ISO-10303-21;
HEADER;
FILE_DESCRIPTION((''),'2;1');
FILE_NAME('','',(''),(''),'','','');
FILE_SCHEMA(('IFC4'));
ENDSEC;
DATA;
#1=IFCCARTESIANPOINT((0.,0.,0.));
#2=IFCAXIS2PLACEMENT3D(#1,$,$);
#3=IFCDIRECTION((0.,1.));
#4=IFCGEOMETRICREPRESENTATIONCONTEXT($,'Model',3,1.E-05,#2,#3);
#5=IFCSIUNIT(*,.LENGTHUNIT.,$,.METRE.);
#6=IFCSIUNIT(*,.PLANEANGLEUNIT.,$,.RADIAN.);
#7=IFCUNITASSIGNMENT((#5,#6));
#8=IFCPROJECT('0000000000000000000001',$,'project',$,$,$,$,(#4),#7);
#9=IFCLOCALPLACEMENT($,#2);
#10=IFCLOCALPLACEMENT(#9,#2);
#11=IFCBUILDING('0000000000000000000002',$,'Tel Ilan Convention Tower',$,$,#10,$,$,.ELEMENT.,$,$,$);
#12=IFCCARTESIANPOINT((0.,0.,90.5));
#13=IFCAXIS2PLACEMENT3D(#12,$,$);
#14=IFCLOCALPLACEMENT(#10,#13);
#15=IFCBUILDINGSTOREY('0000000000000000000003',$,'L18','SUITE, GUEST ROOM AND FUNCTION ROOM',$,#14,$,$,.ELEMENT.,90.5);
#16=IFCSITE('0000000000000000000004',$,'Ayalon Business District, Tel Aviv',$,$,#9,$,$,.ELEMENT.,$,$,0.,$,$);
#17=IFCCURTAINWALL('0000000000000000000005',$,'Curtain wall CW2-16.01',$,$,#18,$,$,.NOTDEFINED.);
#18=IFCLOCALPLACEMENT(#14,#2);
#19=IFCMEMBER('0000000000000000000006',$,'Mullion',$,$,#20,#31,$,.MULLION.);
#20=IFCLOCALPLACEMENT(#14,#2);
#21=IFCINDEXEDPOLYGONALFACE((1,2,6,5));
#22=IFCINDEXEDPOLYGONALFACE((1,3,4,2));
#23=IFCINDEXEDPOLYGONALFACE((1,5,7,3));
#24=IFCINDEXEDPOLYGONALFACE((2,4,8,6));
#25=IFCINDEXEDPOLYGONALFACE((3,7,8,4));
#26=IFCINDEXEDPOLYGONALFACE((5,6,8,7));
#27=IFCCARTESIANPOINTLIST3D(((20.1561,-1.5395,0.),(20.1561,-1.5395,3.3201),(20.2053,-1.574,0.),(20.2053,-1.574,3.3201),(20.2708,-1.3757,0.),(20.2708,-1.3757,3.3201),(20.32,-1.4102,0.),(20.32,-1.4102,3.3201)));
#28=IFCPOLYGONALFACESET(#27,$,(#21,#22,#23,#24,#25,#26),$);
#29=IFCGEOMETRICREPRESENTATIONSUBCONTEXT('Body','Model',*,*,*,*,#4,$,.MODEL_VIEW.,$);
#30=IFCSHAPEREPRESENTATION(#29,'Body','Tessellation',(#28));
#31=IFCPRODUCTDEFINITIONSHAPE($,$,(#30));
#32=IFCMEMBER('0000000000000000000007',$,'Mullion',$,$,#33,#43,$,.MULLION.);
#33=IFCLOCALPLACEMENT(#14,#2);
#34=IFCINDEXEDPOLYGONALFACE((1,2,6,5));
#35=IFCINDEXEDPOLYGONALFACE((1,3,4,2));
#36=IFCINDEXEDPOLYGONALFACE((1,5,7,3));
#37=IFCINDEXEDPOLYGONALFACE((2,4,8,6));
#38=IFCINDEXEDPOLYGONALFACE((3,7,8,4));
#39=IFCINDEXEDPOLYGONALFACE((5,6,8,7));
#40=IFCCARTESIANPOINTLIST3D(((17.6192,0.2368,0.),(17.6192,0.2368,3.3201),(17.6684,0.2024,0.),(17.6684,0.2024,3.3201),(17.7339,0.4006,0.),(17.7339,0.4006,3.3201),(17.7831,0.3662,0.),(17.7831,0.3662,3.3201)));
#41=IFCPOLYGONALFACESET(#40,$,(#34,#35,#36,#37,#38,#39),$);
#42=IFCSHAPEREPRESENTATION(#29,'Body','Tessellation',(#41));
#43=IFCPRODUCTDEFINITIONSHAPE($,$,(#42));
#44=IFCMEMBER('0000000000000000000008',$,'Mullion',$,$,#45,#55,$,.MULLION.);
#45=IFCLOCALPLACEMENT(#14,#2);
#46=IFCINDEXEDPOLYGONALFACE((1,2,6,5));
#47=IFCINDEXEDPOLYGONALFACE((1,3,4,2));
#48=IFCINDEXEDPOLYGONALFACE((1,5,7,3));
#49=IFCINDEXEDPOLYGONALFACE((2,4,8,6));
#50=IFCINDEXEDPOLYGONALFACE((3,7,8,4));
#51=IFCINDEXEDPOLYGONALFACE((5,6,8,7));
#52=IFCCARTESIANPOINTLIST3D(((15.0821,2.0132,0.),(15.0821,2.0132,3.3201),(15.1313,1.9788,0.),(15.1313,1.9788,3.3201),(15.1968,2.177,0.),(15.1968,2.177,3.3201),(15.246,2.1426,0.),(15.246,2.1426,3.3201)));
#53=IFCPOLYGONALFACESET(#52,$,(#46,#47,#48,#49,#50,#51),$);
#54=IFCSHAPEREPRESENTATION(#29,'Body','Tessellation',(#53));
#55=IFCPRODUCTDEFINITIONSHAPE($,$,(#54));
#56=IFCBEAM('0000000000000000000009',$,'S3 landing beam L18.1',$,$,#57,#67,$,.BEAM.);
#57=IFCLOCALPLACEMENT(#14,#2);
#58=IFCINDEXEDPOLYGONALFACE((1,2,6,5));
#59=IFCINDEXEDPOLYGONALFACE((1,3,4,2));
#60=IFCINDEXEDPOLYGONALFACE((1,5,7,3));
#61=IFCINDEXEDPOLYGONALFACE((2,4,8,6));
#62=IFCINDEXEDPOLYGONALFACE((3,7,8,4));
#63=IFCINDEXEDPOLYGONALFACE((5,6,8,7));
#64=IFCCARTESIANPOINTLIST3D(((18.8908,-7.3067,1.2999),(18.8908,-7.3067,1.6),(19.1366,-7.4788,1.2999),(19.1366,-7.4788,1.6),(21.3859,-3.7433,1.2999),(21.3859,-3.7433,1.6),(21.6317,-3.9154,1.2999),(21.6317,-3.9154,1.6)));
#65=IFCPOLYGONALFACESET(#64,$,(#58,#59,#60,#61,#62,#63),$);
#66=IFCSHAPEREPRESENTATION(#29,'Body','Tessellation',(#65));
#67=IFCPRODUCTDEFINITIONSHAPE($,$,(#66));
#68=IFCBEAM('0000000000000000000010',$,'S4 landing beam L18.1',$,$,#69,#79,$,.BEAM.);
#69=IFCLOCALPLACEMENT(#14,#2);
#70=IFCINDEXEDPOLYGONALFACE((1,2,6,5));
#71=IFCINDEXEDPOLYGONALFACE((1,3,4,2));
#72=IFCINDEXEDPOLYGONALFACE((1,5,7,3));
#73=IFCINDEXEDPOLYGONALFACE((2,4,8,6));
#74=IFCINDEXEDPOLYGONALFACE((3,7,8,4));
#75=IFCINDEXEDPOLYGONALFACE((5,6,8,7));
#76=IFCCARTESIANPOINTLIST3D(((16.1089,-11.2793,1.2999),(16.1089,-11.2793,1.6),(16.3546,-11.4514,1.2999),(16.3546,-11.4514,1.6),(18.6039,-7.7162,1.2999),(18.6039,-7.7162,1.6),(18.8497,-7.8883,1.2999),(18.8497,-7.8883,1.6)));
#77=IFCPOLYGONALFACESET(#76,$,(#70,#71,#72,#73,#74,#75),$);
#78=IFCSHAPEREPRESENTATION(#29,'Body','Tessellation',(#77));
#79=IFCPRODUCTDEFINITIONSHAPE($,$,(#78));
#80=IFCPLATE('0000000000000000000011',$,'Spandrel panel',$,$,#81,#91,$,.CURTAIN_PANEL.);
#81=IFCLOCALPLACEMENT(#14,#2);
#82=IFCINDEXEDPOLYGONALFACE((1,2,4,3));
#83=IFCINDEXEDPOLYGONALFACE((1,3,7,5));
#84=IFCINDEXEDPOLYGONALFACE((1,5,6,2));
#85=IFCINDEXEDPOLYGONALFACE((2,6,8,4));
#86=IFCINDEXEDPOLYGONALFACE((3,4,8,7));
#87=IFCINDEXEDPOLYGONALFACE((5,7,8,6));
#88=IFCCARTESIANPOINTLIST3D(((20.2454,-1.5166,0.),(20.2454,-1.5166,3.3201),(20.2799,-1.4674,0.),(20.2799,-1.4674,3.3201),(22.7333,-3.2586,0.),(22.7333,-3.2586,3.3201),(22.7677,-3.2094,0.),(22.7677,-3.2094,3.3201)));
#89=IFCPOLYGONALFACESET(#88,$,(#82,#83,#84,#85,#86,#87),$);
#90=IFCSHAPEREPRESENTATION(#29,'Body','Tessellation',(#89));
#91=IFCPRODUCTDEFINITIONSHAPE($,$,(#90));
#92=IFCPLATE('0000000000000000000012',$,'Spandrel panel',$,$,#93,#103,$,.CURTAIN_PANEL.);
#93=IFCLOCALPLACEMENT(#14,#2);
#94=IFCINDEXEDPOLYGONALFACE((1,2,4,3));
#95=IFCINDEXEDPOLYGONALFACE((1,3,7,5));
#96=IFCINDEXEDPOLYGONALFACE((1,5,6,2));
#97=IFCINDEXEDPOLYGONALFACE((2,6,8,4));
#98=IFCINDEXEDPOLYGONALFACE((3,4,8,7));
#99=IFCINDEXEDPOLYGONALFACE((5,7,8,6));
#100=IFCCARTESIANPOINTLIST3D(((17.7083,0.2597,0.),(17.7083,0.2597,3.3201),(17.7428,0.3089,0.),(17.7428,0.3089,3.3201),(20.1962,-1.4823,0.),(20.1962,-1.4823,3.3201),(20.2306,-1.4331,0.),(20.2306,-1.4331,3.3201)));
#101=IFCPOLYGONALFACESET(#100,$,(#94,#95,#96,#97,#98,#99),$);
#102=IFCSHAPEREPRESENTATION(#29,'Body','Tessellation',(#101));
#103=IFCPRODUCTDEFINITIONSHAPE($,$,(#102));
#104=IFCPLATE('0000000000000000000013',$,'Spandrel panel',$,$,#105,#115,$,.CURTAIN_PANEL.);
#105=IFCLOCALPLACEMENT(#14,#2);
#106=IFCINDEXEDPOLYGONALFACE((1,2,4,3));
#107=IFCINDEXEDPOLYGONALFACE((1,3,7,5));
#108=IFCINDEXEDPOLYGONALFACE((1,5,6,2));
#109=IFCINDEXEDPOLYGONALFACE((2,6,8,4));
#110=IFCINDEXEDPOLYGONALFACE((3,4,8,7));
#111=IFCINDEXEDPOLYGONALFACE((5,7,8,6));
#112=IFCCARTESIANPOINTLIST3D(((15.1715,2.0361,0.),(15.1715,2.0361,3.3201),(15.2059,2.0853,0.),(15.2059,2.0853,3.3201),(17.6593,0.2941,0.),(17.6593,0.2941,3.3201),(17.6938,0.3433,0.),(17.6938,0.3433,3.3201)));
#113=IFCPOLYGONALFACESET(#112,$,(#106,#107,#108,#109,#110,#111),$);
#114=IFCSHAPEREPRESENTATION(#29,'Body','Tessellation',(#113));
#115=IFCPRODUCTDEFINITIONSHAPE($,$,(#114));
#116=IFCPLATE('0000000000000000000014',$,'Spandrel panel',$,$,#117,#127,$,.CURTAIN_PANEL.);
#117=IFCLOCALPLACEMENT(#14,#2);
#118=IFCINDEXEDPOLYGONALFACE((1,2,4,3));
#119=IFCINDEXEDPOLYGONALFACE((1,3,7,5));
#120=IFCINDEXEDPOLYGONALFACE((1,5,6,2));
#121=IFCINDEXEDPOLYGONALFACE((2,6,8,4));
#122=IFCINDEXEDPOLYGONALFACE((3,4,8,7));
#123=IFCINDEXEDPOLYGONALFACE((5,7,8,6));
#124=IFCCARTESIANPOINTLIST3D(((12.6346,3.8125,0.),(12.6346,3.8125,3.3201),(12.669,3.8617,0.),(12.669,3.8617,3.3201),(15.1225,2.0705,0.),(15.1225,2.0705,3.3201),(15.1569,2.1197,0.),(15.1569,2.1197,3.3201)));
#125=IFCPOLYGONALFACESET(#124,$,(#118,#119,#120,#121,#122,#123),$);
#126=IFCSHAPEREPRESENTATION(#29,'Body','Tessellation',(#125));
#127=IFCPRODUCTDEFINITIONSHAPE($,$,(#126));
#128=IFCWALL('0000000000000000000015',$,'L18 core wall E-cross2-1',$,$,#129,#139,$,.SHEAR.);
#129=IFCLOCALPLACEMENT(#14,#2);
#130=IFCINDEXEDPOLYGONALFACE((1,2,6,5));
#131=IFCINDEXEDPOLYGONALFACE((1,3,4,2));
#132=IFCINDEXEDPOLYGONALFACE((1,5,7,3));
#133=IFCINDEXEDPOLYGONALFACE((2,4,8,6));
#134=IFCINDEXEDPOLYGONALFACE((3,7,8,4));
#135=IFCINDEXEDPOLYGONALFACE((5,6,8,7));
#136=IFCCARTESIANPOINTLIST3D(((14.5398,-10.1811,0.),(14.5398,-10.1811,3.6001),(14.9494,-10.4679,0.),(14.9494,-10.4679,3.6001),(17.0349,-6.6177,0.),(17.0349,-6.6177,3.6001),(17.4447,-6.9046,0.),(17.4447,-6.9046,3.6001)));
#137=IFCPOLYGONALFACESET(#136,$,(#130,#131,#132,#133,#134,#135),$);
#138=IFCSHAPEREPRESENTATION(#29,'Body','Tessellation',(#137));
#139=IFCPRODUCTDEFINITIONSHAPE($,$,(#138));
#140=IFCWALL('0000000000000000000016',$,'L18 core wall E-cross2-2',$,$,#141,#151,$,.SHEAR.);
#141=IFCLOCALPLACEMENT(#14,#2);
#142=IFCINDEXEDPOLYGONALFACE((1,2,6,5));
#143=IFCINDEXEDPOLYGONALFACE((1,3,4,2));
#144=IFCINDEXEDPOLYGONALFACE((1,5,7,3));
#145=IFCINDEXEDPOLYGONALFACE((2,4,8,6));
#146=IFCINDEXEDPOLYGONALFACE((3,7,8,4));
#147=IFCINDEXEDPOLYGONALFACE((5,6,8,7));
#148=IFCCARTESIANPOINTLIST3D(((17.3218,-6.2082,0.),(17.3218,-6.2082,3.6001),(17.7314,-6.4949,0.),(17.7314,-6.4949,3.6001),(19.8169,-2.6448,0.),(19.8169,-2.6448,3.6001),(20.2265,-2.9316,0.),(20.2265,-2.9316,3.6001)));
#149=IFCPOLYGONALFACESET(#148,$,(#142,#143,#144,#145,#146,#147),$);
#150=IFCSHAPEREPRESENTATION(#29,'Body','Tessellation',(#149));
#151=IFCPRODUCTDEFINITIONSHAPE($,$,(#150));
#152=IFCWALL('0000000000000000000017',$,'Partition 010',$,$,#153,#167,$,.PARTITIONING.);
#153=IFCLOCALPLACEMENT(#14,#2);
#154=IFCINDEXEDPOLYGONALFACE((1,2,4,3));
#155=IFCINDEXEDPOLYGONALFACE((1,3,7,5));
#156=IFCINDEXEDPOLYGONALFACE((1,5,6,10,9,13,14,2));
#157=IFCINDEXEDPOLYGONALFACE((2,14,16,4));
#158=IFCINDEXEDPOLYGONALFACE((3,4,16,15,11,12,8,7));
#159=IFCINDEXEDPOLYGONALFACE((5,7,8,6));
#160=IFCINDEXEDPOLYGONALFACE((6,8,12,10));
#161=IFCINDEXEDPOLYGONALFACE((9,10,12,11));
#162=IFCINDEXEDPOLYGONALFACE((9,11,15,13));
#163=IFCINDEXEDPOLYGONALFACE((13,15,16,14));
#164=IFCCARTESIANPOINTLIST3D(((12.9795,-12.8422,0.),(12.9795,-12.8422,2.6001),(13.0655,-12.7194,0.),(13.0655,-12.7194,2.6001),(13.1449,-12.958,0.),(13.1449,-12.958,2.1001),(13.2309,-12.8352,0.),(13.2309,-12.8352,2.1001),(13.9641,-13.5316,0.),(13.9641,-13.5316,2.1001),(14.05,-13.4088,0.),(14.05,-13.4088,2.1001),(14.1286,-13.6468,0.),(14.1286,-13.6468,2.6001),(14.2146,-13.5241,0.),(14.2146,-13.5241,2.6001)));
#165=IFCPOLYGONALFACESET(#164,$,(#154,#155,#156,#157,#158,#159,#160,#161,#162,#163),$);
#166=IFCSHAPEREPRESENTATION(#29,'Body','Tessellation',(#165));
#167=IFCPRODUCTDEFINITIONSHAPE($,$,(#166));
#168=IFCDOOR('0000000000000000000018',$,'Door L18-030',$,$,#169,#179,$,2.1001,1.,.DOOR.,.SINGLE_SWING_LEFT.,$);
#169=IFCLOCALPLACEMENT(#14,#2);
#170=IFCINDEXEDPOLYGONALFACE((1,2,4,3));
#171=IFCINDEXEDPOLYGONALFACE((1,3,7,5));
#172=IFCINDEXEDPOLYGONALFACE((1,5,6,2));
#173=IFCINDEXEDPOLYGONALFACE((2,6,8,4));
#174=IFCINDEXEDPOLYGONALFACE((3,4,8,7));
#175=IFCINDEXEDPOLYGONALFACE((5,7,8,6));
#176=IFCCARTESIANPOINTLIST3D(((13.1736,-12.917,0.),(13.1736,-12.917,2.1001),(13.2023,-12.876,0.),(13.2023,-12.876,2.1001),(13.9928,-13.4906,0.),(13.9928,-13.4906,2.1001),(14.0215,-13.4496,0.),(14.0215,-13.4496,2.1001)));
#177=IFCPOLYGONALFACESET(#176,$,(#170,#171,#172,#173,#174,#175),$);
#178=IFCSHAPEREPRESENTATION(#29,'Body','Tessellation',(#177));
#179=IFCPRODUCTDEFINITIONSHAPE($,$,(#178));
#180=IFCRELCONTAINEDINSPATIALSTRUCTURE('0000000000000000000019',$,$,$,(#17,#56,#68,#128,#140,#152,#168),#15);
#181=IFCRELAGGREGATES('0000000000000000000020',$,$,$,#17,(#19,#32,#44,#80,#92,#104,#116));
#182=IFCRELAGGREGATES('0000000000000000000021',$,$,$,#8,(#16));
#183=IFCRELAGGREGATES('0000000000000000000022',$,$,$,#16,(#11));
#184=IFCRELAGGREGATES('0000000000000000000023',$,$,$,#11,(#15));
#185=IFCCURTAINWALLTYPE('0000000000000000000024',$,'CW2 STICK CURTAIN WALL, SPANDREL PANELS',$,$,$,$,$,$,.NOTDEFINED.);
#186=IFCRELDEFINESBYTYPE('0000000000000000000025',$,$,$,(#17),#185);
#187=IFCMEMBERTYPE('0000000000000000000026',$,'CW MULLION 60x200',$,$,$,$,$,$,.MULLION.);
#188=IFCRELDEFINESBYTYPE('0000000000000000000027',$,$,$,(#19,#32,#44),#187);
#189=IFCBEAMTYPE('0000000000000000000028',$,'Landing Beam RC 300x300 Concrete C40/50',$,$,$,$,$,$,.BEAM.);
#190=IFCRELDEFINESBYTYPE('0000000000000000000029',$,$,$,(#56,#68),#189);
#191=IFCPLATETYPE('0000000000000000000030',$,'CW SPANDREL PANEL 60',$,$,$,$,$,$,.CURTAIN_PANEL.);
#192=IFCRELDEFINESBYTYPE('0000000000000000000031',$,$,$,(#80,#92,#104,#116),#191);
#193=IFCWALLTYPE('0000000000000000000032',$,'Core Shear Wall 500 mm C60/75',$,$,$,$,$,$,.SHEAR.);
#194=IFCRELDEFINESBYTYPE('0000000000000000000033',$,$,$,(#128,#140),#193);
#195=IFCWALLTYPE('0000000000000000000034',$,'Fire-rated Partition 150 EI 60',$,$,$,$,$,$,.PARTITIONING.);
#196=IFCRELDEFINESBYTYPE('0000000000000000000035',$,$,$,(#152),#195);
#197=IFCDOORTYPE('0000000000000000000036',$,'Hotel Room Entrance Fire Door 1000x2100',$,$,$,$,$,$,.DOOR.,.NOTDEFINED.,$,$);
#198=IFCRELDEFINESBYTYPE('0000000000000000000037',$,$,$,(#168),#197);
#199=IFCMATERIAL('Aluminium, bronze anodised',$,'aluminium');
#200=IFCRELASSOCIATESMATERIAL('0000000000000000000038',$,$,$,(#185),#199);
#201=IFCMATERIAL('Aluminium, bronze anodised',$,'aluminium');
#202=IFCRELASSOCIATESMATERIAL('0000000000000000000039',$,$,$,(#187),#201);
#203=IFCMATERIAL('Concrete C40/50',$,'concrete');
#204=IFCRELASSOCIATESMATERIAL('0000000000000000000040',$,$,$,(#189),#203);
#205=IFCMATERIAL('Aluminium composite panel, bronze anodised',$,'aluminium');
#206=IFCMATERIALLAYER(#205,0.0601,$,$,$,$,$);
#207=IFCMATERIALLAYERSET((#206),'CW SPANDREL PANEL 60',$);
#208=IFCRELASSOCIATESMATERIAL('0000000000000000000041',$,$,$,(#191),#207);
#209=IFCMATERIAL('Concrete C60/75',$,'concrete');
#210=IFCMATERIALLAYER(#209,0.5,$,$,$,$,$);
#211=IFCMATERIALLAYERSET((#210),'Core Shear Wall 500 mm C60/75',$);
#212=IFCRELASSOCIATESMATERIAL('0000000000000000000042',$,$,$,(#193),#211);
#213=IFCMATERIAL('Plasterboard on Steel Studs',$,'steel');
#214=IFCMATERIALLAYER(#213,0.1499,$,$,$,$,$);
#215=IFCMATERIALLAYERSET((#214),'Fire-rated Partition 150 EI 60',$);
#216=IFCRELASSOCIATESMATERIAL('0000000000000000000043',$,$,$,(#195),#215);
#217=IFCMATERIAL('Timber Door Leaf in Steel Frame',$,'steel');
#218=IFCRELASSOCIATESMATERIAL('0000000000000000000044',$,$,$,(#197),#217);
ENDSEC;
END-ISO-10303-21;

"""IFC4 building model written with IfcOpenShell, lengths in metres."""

from ifc_helpers import new_model, si_unit, direction, frame, frame_2d, origin, origin_2d, place, context, subcontext, project, spatial, polyline, rectangle, outline, extrude, material, layer, layer_set, material_profile, profile_set, type_object, element, fill, aggregate, save


model = new_model("IFC4")

# Units and contexts
model_context = context("Model", 3, precision=1e-05, world=origin(), true_north=direction((0.0, 1.0)))
body_context = subcontext(model_context, "Body", "Model", "MODEL_VIEW")
ifc_project = project(units=[si_unit("LENGTHUNIT", "METRE"), si_unit("PLANEANGLEUNIT", "RADIAN")], contexts=[model_context])

# Site, building, storey
site_placement = place(None, origin())
site = spatial("IfcSite", under=ifc_project, at=site_placement, Name="Ayalon Business District, Tel Aviv", CompositionType="ELEMENT", RefElevation=0.0)
building_placement = place(site_placement, origin())
building = spatial("IfcBuilding", under=site, at=building_placement, Name="Tel Ilan Convention Tower", CompositionType="ELEMENT")
storey_placement = place(building_placement, frame((0.0, 0.0, 90.5)))
storey = spatial("IfcBuildingStorey", under=building, at=storey_placement, Name="L18", Description="SUITE, GUEST ROOM AND FUNCTION ROOM", CompositionType="ELEMENT", Elevation=90.5)

# Curtain wall, members
ifc_material_1 = material(Name="Aluminium, bronze anodised", Category="aluminium")
curtain_wall_type = type_object("IfcCurtainWallType", Name="CW2 STICK CURTAIN WALL, SPANDREL PANELS", PredefinedType="NOTDEFINED", material=ifc_material_1)
curtain_wall_placement = place(storey_placement, origin())
curtain_wall = element("IfcCurtainWall", 1, at=curtain_wall_placement, inside=storey, type_object=curtain_wall_type, Name="Curtain wall CW2-16.01", PredefinedType="NOTDEFINED")
ifc_material_2 = material(Name="Aluminium, bronze anodised", Category="aluminium")
ifc_material_profile_1 = material_profile(ifc_material_2, rectangle(XDim=0.0601, YDim=0.2, at=origin_2d()), Name="CW MULLION 60x200")
ifc_profile_set_1 = profile_set([ifc_material_profile_1], Name="Aluminium, bronze anodised")
member_type = type_object("IfcMemberType", Name="CW MULLION 60x200", PredefinedType="MULLION", material=ifc_profile_set_1)
member_1_placement = place(storey_placement, frame((20.238, -1.4749, 0.0), z_axis=(0.0, 0.0, 1.0), x_axis=(-0.819152, 0.573576, 0.0)))
member_1 = element("IfcMember", 2, at=member_1_placement, type_object=member_type, Name="Mullion", PredefinedType="MULLION", context=body_context, shape_type="SweptSolid", body=[
    extrude(rectangle(XDim=0.0601, YDim=0.2, at=origin_2d()), origin(), (0.0, 0.0, 1.0), 3.3201),
])
member_2_placement = place(storey_placement, frame((17.7012, 0.3015, 0.0), z_axis=(0.0, 0.0, 1.0), x_axis=(-0.819152, 0.573576, 0.0)))
member_2 = element("IfcMember", 3, at=member_2_placement, type_object=member_type, Name="Mullion", PredefinedType="MULLION", context=body_context, shape_type="SweptSolid", body=[
    extrude(rectangle(XDim=0.0601, YDim=0.2, at=origin_2d()), origin(), (0.0, 0.0, 1.0), 3.3201),
])
member_3_placement = place(storey_placement, frame((15.1641, 2.0779, 0.0), z_axis=(0.0, 0.0, 1.0), x_axis=(-0.819152, 0.573576, 0.0)))
member_3 = element("IfcMember", 4, at=member_3_placement, type_object=member_type, Name="Mullion", PredefinedType="MULLION", context=body_context, shape_type="SweptSolid", body=[
    extrude(rectangle(XDim=0.0601, YDim=0.2, at=origin_2d()), origin(), (0.0, 0.0, 1.0), 3.3201),
])

# Beams
ifc_material_3 = material(Name="Concrete C40/50", Category="concrete")
ifc_material_profile_2 = material_profile(ifc_material_3, rectangle(XDim=0.3, YDim=0.3, at=origin_2d()), Name="RC 300x300")
ifc_profile_set_2 = profile_set([ifc_material_profile_2], Name="Concrete C40/50")
beam_type = type_object("IfcBeamType", Name="Landing Beam RC 300x300 Concrete C40/50", PredefinedType="BEAM", material=ifc_profile_set_2)
beam_1_placement = place(storey_placement, frame((21.5088, -3.8293, 1.45), z_axis=(-0.573568, -0.819158, 0.0), x_axis=(0.819158, -0.573568, 0.0)))
element("IfcBeam", 5, at=beam_1_placement, inside=storey, type_object=beam_type, Name="S3 landing beam L18.1", PredefinedType="BEAM", context=body_context, shape_type="SweptSolid", body=[
    extrude(rectangle(XDim=0.3, YDim=0.3, at=origin_2d()), origin(), (0.0, 0.0, 1.0), 4.3501),
])
beam_2_placement = place(storey_placement, frame((18.7268, -7.8022, 1.45), z_axis=(-0.573594, -0.81914, 0.0), x_axis=(0.81914, -0.573594, 0.0)))
element("IfcBeam", 6, at=beam_2_placement, inside=storey, type_object=beam_type, Name="S4 landing beam L18.1", PredefinedType="BEAM", context=body_context, shape_type="SweptSolid", body=[
    extrude(rectangle(XDim=0.3, YDim=0.3, at=origin_2d()), origin(), (0.0, 0.0, 1.0), 4.3499),
])

# Plates
ifc_material_4 = material(Name="Aluminium composite panel, bronze anodised", Category="aluminium")
ifc_layer_1 = layer(ifc_material_4, 0.0601)
ifc_layer_set_1 = layer_set([ifc_layer_1], Name="CW SPANDREL PANEL 60")
plate_type = type_object("IfcPlateType", Name="CW SPANDREL PANEL 60", PredefinedType="CURTAIN_PANEL", material=ifc_layer_set_1)
plate_1_placement = place(storey_placement, frame((21.5066, -2.363, 0.0), z_axis=(0.0, 0.0, 1.0), x_axis=(-0.819152, 0.573576, 0.0)))
plate_1 = element("IfcPlate", 7, at=plate_1_placement, type_object=plate_type, Name="Spandrel panel", PredefinedType="CURTAIN_PANEL", context=body_context, shape_type="SweptSolid", body=[
    extrude(rectangle(XDim=3.0371, YDim=0.0601, at=origin_2d()), origin(), (0.0, 0.0, 1.0), 3.3201),
])
plate_2_placement = place(storey_placement, frame((18.9695, -0.5867, 0.0), z_axis=(0.0, 0.0, 1.0), x_axis=(-0.819152, 0.573576, 0.0)))
plate_2 = element("IfcPlate", 8, at=plate_2_placement, type_object=plate_type, Name="Spandrel panel", PredefinedType="CURTAIN_PANEL", context=body_context, shape_type="SweptSolid", body=[
    extrude(rectangle(XDim=3.0371, YDim=0.0601, at=origin_2d()), origin(), (0.0, 0.0, 1.0), 3.3201),
])
plate_3_placement = place(storey_placement, frame((16.4326, 1.1897, 0.0), z_axis=(0.0, 0.0, 1.0), x_axis=(-0.819152, 0.573576, 0.0)))
plate_3 = element("IfcPlate", 9, at=plate_3_placement, type_object=plate_type, Name="Spandrel panel", PredefinedType="CURTAIN_PANEL", context=body_context, shape_type="SweptSolid", body=[
    extrude(rectangle(XDim=3.0371, YDim=0.0601, at=origin_2d()), origin(), (0.0, 0.0, 1.0), 3.3201),
])
plate_4_placement = place(storey_placement, frame((13.8958, 2.9661, 0.0), z_axis=(0.0, 0.0, 1.0), x_axis=(-0.819152, 0.573576, 0.0)))
plate_4 = element("IfcPlate", 10, at=plate_4_placement, type_object=plate_type, Name="Spandrel panel", PredefinedType="CURTAIN_PANEL", context=body_context, shape_type="SweptSolid", body=[
    extrude(rectangle(XDim=3.0371, YDim=0.0601, at=origin_2d()), origin(), (0.0, 0.0, 1.0), 3.3201),
])
aggregate(curtain_wall, [member_1, member_2, member_3, plate_1, plate_2, plate_3, plate_4])

# Walls
ifc_material_5 = material(Name="Concrete C60/75", Category="concrete")
ifc_layer_2 = layer(ifc_material_5, 0.5)
ifc_layer_set_2 = layer_set([ifc_layer_2], Name="Core Shear Wall 500 mm C60/75")
wall_type_1 = type_object("IfcWallType", Name="Core Shear Wall 500 mm C60/75", PredefinedType="SHEAR", material=ifc_layer_set_2)
wall_1_placement = place(storey_placement, frame((14.7446, -10.3245, 0.0), z_axis=(0.0, 0.0, 1.0), x_axis=(0.573568, 0.819158, 0.0)))
element("IfcWall", 11, at=wall_1_placement, inside=storey, type_object=wall_type_1, Name="L18 core wall E-cross2-1", PredefinedType="SHEAR", context=body_context, shape_type="SweptSolid", body=[
    extrude(outline(polyline([(0.0, 0.25), (0.0, -0.25), (4.3501, -0.2502), (4.3501, 0.25), (0.0, 0.25)])), origin(), (0.0, 0.0, 1.0), 3.6001),
])
wall_2_placement = place(storey_placement, frame((17.5266, -6.3516, 0.0), z_axis=(0.0, 0.0, 1.0), x_axis=(0.57353, 0.819184, 0.0)))
element("IfcWall", 12, at=wall_2_placement, inside=storey, type_object=wall_type_1, Name="L18 core wall E-cross2-2", PredefinedType="SHEAR", context=body_context, shape_type="SweptSolid", body=[
    extrude(outline(polyline([(4.3501, -0.2502), (4.3501, 0.2498), (0.0, 0.25), (0.0, -0.25), (4.3501, -0.2502)])), origin(), (0.0, 0.0, 1.0), 3.6001),
])

# Wall, opening, door
ifc_material_6 = material(Name="Plasterboard on Steel Studs", Category="steel")
ifc_layer_3 = layer(ifc_material_6, 0.1499)
ifc_layer_set_3 = layer_set([ifc_layer_3], Name="Fire-rated Partition 150 EI 60")
wall_type_2 = type_object("IfcWallType", Name="Fire-rated Partition 150 EI 60", PredefinedType="PARTITIONING", material=ifc_layer_set_3)
wall_3_placement = place(storey_placement, frame((14.1716, -13.5854, 0.0), z_axis=(0.0, 0.0, 1.0), x_axis=(-0.819142, 0.573591, 0.0)))
wall_3 = element("IfcWall", 13, at=wall_3_placement, inside=storey, type_object=wall_type_2, Name="Partition 010", PredefinedType="PARTITIONING", context=body_context, shape_type="SweptSolid", body=[
    extrude(rectangle(XDim=1.4028, YDim=0.1499, at=frame_2d((0.7014, 0.0))), origin(), (0.0, 0.0, 1.0), 2.6001),
])
opening_1_placement = place(wall_3_placement, frame((0.2009, 0.0, 0.0)))
opening_1 = element("IfcOpeningElement", 14, at=opening_1_placement, cuts=wall_3, PredefinedType="OPENING", context=body_context, shape_type="SweptSolid", body=[
    extrude(rectangle(XDim=1.0, YDim=2.1001, at=frame_2d((0.5, 1.05))), frame((0.0, 0.085, 0.0), z_axis=(0.0, -1.0, 0.0), x_axis=(1.0, 0.0, 0.0)), (0.0, 0.0, 1.0), 0.1699),
])
ifc_material_7 = material(Name="Timber Door Leaf in Steel Frame", Category="steel")
door_type_1 = type_object("IfcDoorType", Name="Hotel Room Entrance Fire Door 1000x2100", OperationType="NOTDEFINED", PredefinedType="DOOR", material=ifc_material_7)
door_1_placement = place(opening_1_placement, origin())
door_1 = element("IfcDoor", 15, at=door_1_placement, inside=storey, type_object=door_type_1, Name="Door L18-030", OperationType="SINGLE_SWING_LEFT", OverallHeight=2.1001, OverallWidth=1.0, PredefinedType="DOOR", context=body_context, shape_type="SweptSolid", body=[
    extrude(rectangle(XDim=1.0, YDim=2.1001, at=frame_2d((0.5, 1.05))), frame((0.0, 0.0249, 0.0), z_axis=(0.0, -1.0, 0.0), x_axis=(1.0, 0.0, 0.0)), (0.0, 0.0, 1.0), 0.05),
])
fill(opening_1, door_1)

save(model, "model.ifc")
